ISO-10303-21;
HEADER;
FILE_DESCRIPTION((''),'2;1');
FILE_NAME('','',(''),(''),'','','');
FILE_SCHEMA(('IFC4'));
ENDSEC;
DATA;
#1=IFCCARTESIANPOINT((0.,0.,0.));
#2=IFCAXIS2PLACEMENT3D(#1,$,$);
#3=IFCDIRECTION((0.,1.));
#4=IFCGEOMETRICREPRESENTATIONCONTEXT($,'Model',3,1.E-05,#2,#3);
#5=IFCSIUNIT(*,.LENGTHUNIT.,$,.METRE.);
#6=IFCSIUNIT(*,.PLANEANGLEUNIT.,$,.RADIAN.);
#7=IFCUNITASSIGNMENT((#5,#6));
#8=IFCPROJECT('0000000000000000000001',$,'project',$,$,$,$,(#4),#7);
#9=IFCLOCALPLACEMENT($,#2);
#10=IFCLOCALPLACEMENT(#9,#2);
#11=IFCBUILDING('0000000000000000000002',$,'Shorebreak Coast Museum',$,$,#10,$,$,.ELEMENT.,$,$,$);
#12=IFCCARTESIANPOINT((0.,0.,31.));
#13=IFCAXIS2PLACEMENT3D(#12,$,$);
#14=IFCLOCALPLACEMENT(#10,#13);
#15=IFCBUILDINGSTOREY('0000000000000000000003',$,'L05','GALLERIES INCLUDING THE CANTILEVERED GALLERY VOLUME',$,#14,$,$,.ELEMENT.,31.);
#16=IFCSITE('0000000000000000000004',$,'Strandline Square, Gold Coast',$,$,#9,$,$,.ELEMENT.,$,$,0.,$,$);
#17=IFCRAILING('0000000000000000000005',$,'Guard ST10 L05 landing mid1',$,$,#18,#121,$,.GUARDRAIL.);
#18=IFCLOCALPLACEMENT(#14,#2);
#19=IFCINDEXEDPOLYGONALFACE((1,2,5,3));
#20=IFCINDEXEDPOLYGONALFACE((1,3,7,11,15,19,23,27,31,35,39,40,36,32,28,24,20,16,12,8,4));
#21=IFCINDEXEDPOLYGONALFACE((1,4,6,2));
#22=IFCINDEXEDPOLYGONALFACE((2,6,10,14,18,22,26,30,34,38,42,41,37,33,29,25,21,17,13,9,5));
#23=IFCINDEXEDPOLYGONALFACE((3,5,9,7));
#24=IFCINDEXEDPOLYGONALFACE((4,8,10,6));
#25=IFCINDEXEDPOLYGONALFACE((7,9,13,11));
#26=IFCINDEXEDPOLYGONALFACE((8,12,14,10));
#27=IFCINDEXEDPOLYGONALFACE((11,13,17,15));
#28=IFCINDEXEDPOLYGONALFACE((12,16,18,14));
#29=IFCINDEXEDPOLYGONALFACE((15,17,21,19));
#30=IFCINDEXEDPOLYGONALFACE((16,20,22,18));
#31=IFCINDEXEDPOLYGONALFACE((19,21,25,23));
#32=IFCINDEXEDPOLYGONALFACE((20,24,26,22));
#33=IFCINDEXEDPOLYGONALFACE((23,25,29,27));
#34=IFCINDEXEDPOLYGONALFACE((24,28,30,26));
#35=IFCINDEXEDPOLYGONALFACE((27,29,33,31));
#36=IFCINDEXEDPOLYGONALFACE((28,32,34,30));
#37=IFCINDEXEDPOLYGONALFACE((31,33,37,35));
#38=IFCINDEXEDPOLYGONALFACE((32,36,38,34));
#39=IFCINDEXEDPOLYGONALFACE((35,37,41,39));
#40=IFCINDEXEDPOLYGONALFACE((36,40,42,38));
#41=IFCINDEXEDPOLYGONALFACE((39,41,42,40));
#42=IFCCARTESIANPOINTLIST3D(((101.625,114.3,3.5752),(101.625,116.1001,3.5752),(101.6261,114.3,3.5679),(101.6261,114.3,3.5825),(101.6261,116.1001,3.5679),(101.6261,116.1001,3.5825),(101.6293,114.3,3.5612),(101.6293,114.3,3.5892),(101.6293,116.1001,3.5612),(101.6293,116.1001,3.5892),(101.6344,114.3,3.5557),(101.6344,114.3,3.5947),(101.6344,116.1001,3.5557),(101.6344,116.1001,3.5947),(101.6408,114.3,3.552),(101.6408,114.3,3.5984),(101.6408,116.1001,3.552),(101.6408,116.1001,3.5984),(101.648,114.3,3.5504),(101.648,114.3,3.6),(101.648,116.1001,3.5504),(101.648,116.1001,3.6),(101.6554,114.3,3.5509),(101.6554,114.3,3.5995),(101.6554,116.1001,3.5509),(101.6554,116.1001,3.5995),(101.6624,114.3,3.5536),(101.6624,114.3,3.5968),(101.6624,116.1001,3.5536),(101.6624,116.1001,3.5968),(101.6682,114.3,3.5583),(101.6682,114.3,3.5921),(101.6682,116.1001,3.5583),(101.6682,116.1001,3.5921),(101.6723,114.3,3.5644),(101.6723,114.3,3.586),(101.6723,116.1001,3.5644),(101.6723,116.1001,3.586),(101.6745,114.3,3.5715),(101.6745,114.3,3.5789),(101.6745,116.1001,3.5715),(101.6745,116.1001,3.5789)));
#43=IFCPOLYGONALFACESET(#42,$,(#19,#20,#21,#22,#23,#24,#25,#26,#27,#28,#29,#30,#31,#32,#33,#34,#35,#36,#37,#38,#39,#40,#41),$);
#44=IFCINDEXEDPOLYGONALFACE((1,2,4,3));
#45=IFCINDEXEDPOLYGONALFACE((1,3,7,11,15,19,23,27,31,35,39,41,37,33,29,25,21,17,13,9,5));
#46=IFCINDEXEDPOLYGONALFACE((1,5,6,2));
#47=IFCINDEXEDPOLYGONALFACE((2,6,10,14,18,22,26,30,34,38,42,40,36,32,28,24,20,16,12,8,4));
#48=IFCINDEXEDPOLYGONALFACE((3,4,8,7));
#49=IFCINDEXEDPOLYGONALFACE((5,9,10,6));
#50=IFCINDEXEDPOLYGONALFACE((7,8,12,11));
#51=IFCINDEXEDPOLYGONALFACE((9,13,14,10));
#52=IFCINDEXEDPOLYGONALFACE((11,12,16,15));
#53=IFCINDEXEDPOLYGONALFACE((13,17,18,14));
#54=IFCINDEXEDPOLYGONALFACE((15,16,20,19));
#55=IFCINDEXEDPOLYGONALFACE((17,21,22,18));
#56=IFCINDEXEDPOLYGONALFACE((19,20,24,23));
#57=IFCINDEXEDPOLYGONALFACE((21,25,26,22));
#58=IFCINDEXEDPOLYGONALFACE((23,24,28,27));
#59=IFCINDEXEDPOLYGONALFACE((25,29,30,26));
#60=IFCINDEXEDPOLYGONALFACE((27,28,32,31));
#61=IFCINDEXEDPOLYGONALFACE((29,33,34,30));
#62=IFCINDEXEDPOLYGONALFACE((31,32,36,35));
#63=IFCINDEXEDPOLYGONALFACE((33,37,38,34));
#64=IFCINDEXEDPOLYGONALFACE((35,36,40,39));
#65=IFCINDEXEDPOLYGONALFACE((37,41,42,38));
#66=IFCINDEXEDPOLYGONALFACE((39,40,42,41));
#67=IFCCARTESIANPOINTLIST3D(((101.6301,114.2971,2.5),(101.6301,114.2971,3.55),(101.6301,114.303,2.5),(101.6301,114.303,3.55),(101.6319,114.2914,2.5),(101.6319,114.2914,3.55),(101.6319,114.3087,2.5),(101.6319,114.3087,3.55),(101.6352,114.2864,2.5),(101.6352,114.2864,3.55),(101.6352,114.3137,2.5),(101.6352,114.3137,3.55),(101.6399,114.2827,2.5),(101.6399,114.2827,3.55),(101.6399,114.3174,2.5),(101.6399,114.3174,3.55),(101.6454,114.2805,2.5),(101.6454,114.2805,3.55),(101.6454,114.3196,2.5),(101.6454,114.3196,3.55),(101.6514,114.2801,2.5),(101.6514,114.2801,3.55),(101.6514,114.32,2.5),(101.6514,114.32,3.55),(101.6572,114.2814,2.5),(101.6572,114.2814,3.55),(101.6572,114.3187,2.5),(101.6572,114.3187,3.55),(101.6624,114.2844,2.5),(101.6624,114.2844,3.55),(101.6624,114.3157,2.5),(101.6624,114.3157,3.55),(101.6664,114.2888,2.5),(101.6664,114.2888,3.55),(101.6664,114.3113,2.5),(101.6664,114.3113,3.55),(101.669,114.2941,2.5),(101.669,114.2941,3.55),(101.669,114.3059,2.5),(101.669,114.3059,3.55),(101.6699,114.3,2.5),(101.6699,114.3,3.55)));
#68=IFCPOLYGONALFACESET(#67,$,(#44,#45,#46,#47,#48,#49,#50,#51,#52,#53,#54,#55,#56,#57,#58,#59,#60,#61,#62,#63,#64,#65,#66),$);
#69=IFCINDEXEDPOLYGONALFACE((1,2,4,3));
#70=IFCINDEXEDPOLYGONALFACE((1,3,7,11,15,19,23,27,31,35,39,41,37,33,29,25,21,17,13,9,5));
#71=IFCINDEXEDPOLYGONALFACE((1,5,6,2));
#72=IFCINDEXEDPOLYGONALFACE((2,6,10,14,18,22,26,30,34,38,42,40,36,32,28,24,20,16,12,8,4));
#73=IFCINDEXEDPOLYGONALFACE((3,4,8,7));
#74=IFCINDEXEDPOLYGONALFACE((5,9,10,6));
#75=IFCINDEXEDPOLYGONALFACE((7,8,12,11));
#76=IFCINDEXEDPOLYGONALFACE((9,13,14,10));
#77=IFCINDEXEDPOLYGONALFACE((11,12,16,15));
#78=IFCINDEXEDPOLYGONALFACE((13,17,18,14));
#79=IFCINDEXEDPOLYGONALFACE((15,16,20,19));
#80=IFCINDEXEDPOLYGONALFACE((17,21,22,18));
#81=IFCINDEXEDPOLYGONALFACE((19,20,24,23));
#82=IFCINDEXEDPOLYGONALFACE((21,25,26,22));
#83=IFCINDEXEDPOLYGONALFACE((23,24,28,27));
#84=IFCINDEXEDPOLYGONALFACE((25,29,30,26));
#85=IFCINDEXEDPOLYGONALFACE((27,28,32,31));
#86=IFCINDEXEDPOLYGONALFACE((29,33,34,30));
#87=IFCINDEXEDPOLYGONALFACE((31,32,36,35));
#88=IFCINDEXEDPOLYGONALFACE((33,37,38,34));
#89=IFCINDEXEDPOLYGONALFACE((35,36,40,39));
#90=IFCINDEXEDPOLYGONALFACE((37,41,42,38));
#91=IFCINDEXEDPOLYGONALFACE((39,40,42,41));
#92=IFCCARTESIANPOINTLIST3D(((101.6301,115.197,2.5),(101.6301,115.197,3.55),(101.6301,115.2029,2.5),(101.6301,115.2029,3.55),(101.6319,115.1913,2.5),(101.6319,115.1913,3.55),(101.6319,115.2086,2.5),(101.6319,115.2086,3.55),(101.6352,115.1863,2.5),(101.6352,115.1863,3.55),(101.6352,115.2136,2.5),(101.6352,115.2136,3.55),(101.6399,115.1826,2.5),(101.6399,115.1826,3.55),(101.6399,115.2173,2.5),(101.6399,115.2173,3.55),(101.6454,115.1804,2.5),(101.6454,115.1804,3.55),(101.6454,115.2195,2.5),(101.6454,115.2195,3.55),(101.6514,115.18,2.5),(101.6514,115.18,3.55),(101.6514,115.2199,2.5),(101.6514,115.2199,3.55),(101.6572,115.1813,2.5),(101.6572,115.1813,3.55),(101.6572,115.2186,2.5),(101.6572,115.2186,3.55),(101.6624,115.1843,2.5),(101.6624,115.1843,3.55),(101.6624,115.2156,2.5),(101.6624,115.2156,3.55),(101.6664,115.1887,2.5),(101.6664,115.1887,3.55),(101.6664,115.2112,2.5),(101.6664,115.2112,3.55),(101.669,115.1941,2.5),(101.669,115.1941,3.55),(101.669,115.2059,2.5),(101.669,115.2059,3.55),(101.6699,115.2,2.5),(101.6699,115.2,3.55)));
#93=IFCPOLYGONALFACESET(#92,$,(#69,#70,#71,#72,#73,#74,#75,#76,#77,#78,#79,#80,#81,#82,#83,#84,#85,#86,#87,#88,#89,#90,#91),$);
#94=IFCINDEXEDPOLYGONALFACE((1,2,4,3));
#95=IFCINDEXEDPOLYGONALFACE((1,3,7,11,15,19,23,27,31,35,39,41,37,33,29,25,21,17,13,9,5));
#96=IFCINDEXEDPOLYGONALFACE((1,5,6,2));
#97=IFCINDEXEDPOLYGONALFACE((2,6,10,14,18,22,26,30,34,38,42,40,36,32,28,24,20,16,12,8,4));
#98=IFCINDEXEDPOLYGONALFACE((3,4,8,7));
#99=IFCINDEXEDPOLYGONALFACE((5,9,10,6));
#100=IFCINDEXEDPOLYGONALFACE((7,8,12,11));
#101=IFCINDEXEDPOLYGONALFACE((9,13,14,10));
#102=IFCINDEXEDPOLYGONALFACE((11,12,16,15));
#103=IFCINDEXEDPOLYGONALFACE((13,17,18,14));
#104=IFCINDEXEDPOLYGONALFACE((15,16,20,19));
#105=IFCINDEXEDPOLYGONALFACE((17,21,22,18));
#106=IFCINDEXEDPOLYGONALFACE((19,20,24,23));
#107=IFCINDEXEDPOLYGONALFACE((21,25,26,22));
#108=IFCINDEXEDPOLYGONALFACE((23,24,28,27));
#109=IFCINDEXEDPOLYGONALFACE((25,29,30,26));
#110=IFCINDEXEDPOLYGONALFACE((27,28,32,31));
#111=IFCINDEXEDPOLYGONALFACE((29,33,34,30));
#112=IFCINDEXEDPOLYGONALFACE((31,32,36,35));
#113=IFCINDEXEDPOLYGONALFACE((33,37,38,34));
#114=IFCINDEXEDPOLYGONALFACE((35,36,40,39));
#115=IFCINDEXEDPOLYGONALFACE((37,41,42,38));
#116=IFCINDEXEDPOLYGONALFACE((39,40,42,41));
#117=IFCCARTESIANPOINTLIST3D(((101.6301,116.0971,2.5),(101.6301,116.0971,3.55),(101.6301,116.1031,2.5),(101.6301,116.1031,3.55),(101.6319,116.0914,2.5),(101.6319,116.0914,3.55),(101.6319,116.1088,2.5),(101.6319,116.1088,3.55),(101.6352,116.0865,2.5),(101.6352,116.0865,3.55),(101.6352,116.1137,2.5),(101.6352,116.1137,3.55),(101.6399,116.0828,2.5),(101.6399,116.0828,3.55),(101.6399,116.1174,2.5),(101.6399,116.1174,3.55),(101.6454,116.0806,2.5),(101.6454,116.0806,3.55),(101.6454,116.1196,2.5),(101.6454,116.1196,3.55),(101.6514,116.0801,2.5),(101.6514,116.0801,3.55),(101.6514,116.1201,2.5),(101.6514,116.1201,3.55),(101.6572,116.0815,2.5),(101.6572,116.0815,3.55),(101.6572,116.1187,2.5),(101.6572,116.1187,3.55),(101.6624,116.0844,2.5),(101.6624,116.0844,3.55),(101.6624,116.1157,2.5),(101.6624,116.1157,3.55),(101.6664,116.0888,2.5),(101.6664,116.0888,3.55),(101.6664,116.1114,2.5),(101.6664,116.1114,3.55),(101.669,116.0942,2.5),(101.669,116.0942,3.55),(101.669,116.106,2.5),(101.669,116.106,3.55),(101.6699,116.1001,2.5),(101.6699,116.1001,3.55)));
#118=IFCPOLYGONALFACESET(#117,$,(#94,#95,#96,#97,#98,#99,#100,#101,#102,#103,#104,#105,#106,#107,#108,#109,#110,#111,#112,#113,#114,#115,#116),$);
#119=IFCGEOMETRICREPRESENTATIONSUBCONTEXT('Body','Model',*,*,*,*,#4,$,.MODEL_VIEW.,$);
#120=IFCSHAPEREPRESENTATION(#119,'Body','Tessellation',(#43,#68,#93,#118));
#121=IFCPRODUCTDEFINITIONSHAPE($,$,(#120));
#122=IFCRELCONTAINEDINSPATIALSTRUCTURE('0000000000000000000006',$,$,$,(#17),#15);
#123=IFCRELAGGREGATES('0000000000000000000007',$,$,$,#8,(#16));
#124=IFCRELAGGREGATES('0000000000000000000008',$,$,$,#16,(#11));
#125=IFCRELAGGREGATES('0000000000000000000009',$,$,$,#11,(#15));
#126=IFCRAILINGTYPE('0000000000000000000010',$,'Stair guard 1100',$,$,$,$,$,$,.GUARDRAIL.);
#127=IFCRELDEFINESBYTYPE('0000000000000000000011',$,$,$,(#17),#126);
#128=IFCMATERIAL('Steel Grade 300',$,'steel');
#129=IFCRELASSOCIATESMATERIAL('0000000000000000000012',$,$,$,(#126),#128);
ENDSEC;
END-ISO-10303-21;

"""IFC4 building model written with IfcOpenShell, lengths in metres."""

from ifc_helpers import new_model, si_unit, direction, frame, origin, origin_2d, place, context, subcontext, project, spatial, circle, extrude, material, type_object, element, save


model = new_model("IFC4")

# Units and contexts
model_context = context("Model", 3, precision=1e-05, world=origin(), true_north=direction((0.0, 1.0)))
body_context = subcontext(model_context, "Body", "Model", "MODEL_VIEW")
ifc_project = project(units=[si_unit("LENGTHUNIT", "METRE"), si_unit("PLANEANGLEUNIT", "RADIAN")], contexts=[model_context])

# Site, building, storey
site_placement = place(None, origin())
site = spatial("IfcSite", under=ifc_project, at=site_placement, Name="Strandline Square, Gold Coast", CompositionType="ELEMENT", RefElevation=0.0)
building_placement = place(site_placement, origin())
building = spatial("IfcBuilding", under=site, at=building_placement, Name="Shorebreak Coast Museum", CompositionType="ELEMENT")
storey_placement = place(building_placement, frame((0.0, 0.0, 31.0)))
storey = spatial("IfcBuildingStorey", under=building, at=storey_placement, Name="L05", Description="GALLERIES INCLUDING THE CANTILEVERED GALLERY VOLUME", CompositionType="ELEMENT", Elevation=31.0)

# Railing
ifc_material_1 = material(Name="Steel Grade 300", Category="steel")
railing_type_1 = type_object("IfcRailingType", Name="Stair guard 1100", PredefinedType="GUARDRAIL", material=ifc_material_1)
for number, where, name in (
    (1, (101.6499, 114.3, 2.5), "Guard ST10 L05 landing mid1"),
):
    element("IfcRailing", number, at=place(storey_placement, frame(where)), inside=storey, type_object=railing_type_1, Name=name, PredefinedType="GUARDRAIL", context=body_context, shape_type="SweptSolid", body=[
        extrude(circle(Radius=0.0249, at=origin_2d()), frame((0.0, 0.0, 1.0752), z_axis=(0.0, 1.0, 0.0), x_axis=(-1.0, 0.0, 0.0)), (0.0, 0.0, 1.0), 1.8),
        extrude(circle(Radius=0.02, at=origin_2d()), origin(), (0.0, 0.0, 1.0), 1.05),
        extrude(circle(Radius=0.02, at=origin_2d()), frame((0.0, 0.8999, 0.0)), (0.0, 0.0, 1.0), 1.05),
        extrude(circle(Radius=0.02, at=origin_2d()), frame((0.0, 1.8, 0.0)), (0.0, 0.0, 1.0), 1.05),
    ])

save(model, "model.ifc")
